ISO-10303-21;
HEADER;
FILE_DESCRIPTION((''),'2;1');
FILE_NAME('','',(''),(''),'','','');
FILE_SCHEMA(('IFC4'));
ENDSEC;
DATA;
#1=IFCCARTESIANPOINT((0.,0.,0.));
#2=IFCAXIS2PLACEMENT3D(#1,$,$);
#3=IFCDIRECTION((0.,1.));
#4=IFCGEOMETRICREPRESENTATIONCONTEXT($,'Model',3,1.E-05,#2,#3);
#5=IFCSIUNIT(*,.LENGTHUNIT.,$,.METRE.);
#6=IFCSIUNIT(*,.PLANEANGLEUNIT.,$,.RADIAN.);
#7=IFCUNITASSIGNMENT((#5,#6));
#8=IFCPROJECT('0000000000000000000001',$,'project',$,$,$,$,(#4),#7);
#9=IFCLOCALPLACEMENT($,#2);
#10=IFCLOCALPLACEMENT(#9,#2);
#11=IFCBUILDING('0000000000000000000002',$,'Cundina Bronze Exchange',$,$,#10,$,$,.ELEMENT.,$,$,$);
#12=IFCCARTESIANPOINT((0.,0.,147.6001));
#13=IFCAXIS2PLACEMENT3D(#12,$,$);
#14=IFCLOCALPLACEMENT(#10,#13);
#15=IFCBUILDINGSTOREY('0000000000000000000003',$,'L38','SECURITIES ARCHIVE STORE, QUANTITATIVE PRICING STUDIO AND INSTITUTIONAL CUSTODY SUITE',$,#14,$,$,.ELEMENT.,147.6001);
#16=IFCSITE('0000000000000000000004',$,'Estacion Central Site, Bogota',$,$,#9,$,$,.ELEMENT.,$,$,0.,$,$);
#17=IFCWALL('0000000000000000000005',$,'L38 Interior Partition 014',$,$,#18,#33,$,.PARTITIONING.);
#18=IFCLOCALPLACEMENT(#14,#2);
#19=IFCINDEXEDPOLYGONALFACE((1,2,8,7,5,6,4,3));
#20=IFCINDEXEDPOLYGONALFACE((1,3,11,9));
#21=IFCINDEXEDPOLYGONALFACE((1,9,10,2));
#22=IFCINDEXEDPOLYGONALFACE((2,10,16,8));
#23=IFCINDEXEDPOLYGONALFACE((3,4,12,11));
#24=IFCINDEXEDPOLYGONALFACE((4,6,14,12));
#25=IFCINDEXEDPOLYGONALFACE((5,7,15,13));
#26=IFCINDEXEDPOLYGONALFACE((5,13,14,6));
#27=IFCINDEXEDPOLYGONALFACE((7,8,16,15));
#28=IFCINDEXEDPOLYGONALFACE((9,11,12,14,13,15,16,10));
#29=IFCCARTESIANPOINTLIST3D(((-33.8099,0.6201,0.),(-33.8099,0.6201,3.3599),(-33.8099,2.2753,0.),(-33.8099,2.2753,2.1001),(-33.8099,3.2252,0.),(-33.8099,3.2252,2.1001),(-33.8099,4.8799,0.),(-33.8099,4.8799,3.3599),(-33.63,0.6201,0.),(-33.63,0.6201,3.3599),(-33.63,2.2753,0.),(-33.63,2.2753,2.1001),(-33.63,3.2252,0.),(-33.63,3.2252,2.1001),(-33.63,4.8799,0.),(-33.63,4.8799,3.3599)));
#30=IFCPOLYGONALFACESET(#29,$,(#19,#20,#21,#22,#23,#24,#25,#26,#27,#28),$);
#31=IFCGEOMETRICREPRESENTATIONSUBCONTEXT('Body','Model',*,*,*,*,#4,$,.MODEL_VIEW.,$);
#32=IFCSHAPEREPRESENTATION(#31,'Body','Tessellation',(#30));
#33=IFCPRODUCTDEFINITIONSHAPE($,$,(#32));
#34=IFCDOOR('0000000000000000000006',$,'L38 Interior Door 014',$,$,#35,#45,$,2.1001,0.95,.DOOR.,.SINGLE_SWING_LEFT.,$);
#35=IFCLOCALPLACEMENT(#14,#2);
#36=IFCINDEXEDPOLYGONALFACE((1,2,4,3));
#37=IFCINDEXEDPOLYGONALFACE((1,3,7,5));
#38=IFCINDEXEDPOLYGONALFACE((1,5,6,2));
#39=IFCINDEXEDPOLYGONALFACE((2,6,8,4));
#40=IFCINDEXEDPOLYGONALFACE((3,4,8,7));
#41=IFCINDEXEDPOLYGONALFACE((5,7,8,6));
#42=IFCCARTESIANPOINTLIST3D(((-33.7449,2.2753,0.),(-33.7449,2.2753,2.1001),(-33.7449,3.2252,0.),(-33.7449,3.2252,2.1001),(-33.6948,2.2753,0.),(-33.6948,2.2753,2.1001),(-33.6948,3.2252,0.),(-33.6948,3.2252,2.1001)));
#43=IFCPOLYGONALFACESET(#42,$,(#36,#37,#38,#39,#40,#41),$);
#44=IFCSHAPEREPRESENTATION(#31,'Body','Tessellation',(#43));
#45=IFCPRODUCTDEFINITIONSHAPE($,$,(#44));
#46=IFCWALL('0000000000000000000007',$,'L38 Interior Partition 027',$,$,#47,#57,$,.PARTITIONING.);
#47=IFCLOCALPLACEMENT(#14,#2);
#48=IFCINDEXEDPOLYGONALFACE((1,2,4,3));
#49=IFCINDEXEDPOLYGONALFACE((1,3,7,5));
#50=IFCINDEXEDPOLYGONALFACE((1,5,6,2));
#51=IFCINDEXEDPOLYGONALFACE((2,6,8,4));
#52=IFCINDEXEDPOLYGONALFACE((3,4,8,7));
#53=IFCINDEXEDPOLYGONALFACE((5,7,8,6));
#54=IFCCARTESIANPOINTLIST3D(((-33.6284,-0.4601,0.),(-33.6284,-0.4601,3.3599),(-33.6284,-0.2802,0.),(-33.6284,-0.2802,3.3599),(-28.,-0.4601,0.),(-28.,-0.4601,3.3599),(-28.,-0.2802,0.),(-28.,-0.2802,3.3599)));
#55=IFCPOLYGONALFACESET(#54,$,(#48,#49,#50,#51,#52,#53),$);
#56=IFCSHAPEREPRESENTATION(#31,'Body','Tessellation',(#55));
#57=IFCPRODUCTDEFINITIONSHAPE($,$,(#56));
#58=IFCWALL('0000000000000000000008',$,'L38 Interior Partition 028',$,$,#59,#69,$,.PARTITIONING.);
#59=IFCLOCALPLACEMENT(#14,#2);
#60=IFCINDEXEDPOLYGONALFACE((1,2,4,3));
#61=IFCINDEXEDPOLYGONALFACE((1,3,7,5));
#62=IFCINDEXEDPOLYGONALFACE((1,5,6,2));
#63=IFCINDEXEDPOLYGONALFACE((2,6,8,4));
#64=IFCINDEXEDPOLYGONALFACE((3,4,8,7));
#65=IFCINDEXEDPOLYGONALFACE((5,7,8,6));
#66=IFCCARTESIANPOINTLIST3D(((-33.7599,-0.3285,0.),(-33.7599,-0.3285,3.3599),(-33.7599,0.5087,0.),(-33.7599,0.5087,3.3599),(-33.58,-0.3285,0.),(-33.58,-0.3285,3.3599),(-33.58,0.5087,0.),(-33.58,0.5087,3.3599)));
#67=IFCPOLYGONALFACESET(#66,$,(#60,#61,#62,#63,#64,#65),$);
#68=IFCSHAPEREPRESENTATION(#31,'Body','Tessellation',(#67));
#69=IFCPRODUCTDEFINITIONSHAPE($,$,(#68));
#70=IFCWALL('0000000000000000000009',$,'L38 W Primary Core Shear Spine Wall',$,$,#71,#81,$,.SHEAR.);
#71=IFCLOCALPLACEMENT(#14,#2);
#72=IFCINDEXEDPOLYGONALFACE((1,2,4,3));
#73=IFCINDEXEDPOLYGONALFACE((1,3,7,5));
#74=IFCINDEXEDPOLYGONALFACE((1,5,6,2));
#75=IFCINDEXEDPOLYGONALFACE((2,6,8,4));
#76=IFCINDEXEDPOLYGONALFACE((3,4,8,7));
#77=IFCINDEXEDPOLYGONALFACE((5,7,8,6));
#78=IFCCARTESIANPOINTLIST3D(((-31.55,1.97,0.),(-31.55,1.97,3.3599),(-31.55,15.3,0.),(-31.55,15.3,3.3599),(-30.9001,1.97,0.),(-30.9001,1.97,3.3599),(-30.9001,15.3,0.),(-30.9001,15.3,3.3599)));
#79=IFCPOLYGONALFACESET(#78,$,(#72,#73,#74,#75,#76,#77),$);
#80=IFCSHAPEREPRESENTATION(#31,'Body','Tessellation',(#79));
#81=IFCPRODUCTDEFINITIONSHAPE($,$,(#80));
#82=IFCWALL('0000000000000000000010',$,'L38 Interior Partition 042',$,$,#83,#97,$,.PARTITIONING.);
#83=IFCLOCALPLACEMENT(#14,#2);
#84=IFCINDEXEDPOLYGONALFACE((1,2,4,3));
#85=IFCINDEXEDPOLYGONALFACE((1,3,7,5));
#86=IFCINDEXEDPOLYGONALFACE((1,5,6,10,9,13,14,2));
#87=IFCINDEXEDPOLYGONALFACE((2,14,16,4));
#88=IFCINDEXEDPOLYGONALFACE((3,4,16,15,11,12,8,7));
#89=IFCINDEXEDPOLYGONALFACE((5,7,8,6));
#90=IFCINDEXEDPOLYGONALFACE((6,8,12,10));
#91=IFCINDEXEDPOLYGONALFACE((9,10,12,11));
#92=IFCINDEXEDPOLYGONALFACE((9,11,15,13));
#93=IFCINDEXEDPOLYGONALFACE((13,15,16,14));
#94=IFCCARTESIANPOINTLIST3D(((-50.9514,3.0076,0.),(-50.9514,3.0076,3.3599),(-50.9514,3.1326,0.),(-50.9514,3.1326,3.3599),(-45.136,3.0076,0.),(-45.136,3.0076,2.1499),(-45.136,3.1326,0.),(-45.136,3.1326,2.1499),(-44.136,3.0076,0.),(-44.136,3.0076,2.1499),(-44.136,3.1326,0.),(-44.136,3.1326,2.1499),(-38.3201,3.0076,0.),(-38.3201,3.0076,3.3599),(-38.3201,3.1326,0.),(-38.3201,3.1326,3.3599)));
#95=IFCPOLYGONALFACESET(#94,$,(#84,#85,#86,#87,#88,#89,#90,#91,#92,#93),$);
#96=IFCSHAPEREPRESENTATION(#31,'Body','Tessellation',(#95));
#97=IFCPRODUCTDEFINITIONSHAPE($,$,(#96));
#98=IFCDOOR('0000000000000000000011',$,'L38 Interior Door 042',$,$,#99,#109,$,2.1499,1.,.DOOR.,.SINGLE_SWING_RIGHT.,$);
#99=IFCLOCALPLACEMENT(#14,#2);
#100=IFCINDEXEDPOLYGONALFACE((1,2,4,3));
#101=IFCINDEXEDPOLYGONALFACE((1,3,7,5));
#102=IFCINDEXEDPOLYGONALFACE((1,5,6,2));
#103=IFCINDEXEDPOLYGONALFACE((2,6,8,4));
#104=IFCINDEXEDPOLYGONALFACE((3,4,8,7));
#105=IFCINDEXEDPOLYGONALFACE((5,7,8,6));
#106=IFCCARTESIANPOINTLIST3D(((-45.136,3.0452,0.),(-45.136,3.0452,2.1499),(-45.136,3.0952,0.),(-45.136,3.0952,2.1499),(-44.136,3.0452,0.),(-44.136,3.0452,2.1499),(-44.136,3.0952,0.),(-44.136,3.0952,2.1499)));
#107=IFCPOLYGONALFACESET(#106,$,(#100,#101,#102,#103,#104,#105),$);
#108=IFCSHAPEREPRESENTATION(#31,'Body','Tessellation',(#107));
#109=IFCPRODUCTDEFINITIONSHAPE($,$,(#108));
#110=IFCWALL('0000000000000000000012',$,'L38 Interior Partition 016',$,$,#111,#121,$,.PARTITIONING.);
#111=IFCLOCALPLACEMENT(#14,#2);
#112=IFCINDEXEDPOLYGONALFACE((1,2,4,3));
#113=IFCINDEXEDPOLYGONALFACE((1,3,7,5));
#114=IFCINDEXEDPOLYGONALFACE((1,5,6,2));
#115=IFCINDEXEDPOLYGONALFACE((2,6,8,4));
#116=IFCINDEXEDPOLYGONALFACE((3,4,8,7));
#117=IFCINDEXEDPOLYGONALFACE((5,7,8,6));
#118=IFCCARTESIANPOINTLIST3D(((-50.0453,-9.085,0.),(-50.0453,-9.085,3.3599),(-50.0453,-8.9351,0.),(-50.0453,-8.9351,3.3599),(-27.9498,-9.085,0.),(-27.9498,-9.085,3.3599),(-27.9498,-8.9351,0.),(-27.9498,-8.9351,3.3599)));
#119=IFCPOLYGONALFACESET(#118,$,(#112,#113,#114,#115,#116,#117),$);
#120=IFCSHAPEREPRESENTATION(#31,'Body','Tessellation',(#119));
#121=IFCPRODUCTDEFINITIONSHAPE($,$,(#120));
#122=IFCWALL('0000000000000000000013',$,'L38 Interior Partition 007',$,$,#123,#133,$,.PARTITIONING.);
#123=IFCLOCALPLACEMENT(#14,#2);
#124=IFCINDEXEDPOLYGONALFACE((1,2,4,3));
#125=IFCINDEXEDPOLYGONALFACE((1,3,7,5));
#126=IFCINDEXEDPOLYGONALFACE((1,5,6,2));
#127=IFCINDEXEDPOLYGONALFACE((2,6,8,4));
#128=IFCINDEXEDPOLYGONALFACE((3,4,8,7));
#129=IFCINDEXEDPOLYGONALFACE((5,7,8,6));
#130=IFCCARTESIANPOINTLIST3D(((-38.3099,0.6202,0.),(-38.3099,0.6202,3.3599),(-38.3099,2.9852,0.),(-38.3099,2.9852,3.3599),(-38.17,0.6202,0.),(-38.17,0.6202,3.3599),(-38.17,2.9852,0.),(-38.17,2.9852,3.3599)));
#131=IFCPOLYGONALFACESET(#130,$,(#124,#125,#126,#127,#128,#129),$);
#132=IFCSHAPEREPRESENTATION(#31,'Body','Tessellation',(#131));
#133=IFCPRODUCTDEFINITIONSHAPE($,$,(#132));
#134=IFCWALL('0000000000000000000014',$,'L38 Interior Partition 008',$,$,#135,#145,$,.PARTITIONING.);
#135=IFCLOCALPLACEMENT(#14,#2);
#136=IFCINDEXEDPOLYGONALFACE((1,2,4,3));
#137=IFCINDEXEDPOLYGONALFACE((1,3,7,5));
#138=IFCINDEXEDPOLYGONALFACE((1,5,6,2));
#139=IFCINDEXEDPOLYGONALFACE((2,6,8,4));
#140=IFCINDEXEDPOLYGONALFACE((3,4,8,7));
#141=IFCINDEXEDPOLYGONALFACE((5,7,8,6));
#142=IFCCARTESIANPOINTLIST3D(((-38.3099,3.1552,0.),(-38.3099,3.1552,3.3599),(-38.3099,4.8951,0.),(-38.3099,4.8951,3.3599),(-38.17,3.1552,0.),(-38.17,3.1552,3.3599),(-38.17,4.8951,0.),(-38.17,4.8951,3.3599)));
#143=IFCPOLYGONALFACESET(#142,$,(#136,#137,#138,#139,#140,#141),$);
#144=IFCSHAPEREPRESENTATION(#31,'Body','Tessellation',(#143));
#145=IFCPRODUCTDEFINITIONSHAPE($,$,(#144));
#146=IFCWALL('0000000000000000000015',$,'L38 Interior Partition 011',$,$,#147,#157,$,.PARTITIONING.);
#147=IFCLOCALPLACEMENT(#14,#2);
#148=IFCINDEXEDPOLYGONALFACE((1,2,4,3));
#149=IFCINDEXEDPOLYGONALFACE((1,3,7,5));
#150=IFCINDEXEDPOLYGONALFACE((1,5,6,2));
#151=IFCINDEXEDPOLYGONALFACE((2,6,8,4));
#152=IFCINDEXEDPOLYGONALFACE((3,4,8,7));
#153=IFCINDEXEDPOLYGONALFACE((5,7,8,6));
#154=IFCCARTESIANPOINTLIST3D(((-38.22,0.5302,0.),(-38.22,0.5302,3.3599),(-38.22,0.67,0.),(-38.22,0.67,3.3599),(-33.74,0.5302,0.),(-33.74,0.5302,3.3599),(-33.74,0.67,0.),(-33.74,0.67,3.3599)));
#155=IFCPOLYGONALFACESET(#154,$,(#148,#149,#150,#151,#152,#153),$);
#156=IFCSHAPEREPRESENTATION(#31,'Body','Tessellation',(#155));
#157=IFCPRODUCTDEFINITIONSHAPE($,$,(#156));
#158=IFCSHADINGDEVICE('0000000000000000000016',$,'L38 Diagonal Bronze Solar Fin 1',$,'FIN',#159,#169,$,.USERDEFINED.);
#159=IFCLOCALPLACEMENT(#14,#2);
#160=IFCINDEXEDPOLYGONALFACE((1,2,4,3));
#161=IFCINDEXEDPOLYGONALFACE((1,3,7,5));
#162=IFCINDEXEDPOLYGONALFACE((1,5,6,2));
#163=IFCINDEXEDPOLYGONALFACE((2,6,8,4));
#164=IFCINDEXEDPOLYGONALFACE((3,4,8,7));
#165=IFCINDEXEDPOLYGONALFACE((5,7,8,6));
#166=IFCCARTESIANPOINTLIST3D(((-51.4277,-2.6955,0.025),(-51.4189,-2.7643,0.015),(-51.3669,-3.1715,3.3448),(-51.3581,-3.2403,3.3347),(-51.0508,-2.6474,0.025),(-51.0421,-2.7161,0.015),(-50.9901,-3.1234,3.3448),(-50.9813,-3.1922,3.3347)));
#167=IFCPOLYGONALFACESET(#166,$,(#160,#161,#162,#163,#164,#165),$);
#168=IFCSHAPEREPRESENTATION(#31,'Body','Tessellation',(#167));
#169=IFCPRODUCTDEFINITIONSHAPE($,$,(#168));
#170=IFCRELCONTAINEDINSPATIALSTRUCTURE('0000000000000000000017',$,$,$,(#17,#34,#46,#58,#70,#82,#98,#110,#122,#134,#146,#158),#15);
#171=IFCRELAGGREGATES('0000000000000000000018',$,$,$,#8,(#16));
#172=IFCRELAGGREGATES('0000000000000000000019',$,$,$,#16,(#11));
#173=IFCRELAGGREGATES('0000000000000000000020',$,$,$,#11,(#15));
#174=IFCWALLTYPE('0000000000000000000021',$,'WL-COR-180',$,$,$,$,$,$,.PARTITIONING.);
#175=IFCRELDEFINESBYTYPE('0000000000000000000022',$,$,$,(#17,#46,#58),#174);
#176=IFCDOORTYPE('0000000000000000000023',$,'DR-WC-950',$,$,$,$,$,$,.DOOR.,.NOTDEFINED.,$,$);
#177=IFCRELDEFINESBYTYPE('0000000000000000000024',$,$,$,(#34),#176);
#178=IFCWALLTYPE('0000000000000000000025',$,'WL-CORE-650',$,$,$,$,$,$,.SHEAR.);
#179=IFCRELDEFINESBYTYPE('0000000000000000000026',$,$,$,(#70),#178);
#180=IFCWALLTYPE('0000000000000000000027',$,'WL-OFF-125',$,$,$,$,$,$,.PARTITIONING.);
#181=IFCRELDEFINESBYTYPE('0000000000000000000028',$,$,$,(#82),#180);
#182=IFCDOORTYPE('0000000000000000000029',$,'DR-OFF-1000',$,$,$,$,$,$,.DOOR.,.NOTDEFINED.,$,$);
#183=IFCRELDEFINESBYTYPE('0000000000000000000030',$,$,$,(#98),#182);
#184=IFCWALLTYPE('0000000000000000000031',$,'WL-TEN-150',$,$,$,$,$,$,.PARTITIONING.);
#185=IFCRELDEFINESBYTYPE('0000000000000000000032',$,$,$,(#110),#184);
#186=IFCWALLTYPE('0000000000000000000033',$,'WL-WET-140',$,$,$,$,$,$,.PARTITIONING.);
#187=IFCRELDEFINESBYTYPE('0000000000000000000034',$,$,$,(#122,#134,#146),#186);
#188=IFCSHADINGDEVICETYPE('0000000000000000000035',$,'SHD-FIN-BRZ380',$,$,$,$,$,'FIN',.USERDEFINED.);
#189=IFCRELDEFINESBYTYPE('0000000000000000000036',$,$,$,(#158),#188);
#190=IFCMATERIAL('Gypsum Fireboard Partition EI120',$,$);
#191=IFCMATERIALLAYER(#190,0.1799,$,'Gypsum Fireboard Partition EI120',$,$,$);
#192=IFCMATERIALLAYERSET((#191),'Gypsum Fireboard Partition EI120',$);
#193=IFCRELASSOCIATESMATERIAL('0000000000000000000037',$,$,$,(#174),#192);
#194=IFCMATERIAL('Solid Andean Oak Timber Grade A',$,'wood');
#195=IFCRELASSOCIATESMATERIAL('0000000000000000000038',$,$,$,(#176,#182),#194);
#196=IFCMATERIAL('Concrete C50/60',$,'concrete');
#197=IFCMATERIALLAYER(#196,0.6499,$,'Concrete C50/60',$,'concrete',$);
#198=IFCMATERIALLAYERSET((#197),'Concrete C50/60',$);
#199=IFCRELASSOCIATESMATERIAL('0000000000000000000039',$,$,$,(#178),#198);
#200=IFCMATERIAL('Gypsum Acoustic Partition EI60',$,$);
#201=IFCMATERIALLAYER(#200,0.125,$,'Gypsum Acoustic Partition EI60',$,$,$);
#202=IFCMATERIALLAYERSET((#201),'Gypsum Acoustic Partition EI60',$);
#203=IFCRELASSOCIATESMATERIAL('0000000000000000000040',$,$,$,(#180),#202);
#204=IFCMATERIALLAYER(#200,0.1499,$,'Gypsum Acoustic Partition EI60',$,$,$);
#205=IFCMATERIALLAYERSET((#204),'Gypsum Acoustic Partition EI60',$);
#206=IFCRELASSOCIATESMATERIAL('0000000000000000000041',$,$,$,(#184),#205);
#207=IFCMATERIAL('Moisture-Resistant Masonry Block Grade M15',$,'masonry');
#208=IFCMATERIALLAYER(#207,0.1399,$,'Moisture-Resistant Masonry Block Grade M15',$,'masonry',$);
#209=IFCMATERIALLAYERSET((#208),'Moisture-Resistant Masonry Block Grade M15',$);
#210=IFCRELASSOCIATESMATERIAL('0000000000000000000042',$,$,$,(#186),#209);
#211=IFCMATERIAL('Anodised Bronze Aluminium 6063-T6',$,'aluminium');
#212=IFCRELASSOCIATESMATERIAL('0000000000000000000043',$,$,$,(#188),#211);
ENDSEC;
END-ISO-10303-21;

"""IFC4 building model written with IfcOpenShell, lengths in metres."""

from ifc_helpers import new_model, si_unit, direction, frame, frame_2d, origin, origin_2d, place, context, subcontext, project, spatial, rectangle, extrude, material, layer, layer_set, material_profile, profile_set, type_object, element, fill, save


model = new_model("IFC4")

# Units and contexts
model_context = context("Model", 3, precision=1e-05, world=origin(), true_north=direction((0.0, 1.0)))
body_context = subcontext(model_context, "Body", "Model", "MODEL_VIEW")
ifc_project = project(units=[si_unit("LENGTHUNIT", "METRE"), si_unit("PLANEANGLEUNIT", "RADIAN")], contexts=[model_context])

# Site, building, storey
site_placement = place(None, origin())
site = spatial("IfcSite", under=ifc_project, at=site_placement, Name="Estacion Central Site, Bogota", CompositionType="ELEMENT", RefElevation=0.0)
building_placement = place(site_placement, origin())
building = spatial("IfcBuilding", under=site, at=building_placement, Name="Cundina Bronze Exchange", CompositionType="ELEMENT")
storey_placement = place(building_placement, frame((0.0, 0.0, 147.6001)))
storey = spatial("IfcBuildingStorey", under=building, at=storey_placement, Name="L38", Description="SECURITIES ARCHIVE STORE, QUANTITATIVE PRICING STUDIO AND INSTITUTIONAL CUSTODY SUITE", CompositionType="ELEMENT", Elevation=147.6001)

# Shared definitions
ifc_material_1 = material(Name="Concrete C50/60", Category="concrete")

# Shared definitions
ifc_material_2 = material(Name="Anodised Bronze Aluminium 6063-T6", Category="aluminium")

# Wall, opening, door
ifc_material_3 = material(Name="Gypsum Fireboard Partition EI120")
ifc_layer_1 = layer(ifc_material_3, 0.1799, Name="Gypsum Fireboard Partition EI120")
ifc_layer_set_1 = layer_set([ifc_layer_1], Name="Gypsum Fireboard Partition EI120")
wall_type_1 = type_object("IfcWallType", Name="WL-COR-180", PredefinedType="PARTITIONING", material=ifc_layer_set_1)
wall_1_placement = place(storey_placement, frame((-33.72, 0.6201, 0.0), z_axis=(0.0, 0.0, 1.0), x_axis=(0.0, 1.0, 0.0)))
wall_1 = element("IfcWall", 1, at=wall_1_placement, inside=storey, type_object=wall_type_1, Name="L38 Interior Partition 014", PredefinedType="PARTITIONING", context=body_context, shape_type="SweptSolid", body=[
    extrude(rectangle(XDim=4.2598, YDim=0.1799, at=frame_2d((2.1299, 0.0))), origin(), (0.0, 0.0, 1.0), 3.3599),
])
opening_1_placement = place(wall_1_placement, frame((1.655, 0.0, 0.0)))
opening_1 = element("IfcOpeningElement", 2, at=opening_1_placement, cuts=wall_1, PredefinedType="OPENING", context=body_context, shape_type="SweptSolid", body=[
    extrude(rectangle(XDim=0.95, YDim=2.1001, at=frame_2d((0.4751, 1.05))), frame((0.0, 0.0999, 0.0), z_axis=(0.0, -1.0, 0.0), x_axis=(1.0, 0.0, 0.0)), (0.0, 0.0, 1.0), 0.2),
])
ifc_material_4 = material(Name="Solid Andean Oak Timber Grade A", Category="wood")
door_type_1 = type_object("IfcDoorType", Name="DR-WC-950", OperationType="NOTDEFINED", PredefinedType="DOOR", material=ifc_material_4)
door_1_placement = place(opening_1_placement, origin())
door_1 = element("IfcDoor", 3, at=door_1_placement, inside=storey, type_object=door_type_1, Name="L38 Interior Door 014", OperationType="SINGLE_SWING_LEFT", OverallHeight=2.1001, OverallWidth=0.95, PredefinedType="DOOR", context=body_context, shape_type="SweptSolid", body=[
    extrude(rectangle(XDim=0.95, YDim=2.1001, at=frame_2d((0.4751, 1.05))), frame((0.0, 0.0249, 0.0), z_axis=(0.0, -1.0, 0.0), x_axis=(1.0, 0.0, 0.0)), (0.0, 0.0, 1.0), 0.05),
])
fill(opening_1, door_1)

# Walls
wall_2_placement = place(storey_placement, frame((-33.6284, -0.3701, 0.0), z_axis=(0.0, 0.0, 1.0), x_axis=(1.0, 0.0, 0.0)))
element("IfcWall", 4, at=wall_2_placement, inside=storey, type_object=wall_type_1, Name="L38 Interior Partition 027", PredefinedType="PARTITIONING", context=body_context, shape_type="SweptSolid", body=[
    extrude(rectangle(XDim=5.6284, YDim=0.1799, at=frame_2d((2.8142, 0.0))), origin(), (0.0, 0.0, 1.0), 3.3599),
])
wall_3_placement = place(storey_placement, frame((-33.6699, 0.5085, 0.0), z_axis=(0.0, 0.0, 1.0), x_axis=(0.0, -1.0, 0.0)))
element("IfcWall", 5, at=wall_3_placement, inside=storey, type_object=wall_type_1, Name="L38 Interior Partition 028", PredefinedType="PARTITIONING", context=body_context, shape_type="SweptSolid", body=[
    extrude(rectangle(XDim=0.8372, YDim=0.1799, at=frame_2d((0.4185, 0.0))), origin(), (0.0, 0.0, 1.0), 3.3599),
])
ifc_layer_2 = layer(ifc_material_1, 0.6499, Name="Concrete C50/60", Category="concrete")
ifc_layer_set_2 = layer_set([ifc_layer_2], Name="Concrete C50/60")
wall_type_2 = type_object("IfcWallType", Name="WL-CORE-650", PredefinedType="SHEAR", material=ifc_layer_set_2)
wall_4_placement = place(storey_placement, frame((-31.2251, 1.97, 0.0), z_axis=(0.0, 0.0, 1.0), x_axis=(0.0, 1.0, 0.0)))
element("IfcWall", 6, at=wall_4_placement, inside=storey, type_object=wall_type_2, Name="L38 W Primary Core Shear Spine Wall", PredefinedType="SHEAR", context=body_context, shape_type="SweptSolid", body=[
    extrude(rectangle(XDim=13.3301, YDim=0.6499, at=frame_2d((6.665, 0.0))), origin(), (0.0, 0.0, 1.0), 3.3599),
])

# Wall, opening, door
ifc_material_5 = material(Name="Gypsum Acoustic Partition EI60")
ifc_layer_3 = layer(ifc_material_5, 0.125, Name="Gypsum Acoustic Partition EI60")
ifc_layer_set_3 = layer_set([ifc_layer_3], Name="Gypsum Acoustic Partition EI60")
wall_type_3 = type_object("IfcWallType", Name="WL-OFF-125", PredefinedType="PARTITIONING", material=ifc_layer_set_3)
wall_5_placement = place(storey_placement, frame((-38.3201, 3.0701, 0.0), z_axis=(0.0, 0.0, 1.0), x_axis=(-1.0, 0.0, 0.0)))
wall_5 = element("IfcWall", 7, at=wall_5_placement, inside=storey, type_object=wall_type_3, Name="L38 Interior Partition 042", PredefinedType="PARTITIONING", context=body_context, shape_type="SweptSolid", body=[
    extrude(rectangle(XDim=12.6313, YDim=0.125, at=frame_2d((6.3157, 0.0))), origin(), (0.0, 0.0, 1.0), 3.3599),
])
opening_2_placement = place(wall_5_placement, frame((5.8159, 0.0, 0.0)))
opening_2 = element("IfcOpeningElement", 8, at=opening_2_placement, cuts=wall_5, PredefinedType="OPENING", context=body_context, shape_type="SweptSolid", body=[
    extrude(rectangle(XDim=1.0, YDim=2.1499, at=frame_2d((0.5, 1.075))), frame((0.0, 0.0725, 0.0), z_axis=(0.0, -1.0, 0.0), x_axis=(1.0, 0.0, 0.0)), (0.0, 0.0, 1.0), 0.145),
])
door_type_2 = type_object("IfcDoorType", Name="DR-OFF-1000", OperationType="NOTDEFINED", PredefinedType="DOOR", material=ifc_material_4)
door_2_placement = place(opening_2_placement, origin())
door_2 = element("IfcDoor", 9, at=door_2_placement, inside=storey, type_object=door_type_2, Name="L38 Interior Door 042", OperationType="SINGLE_SWING_RIGHT", OverallHeight=2.1499, OverallWidth=1.0, PredefinedType="DOOR", context=body_context, shape_type="SweptSolid", body=[
    extrude(rectangle(XDim=1.0, YDim=2.1499, at=frame_2d((0.5, 1.075))), frame((0.0, 0.0249, 0.0), z_axis=(0.0, -1.0, 0.0), x_axis=(1.0, 0.0, 0.0)), (0.0, 0.0, 1.0), 0.05),
])
fill(opening_2, door_2)

# Walls
ifc_layer_4 = layer(ifc_material_5, 0.1499, Name="Gypsum Acoustic Partition EI60")
ifc_layer_set_4 = layer_set([ifc_layer_4], Name="Gypsum Acoustic Partition EI60")
wall_type_4 = type_object("IfcWallType", Name="WL-TEN-150", PredefinedType="PARTITIONING", material=ifc_layer_set_4)
wall_6_placement = place(storey_placement, frame((-50.0454, -9.01, 0.0), z_axis=(0.0, 0.0, 1.0), x_axis=(1.0, 0.0, 0.0)))
element("IfcWall", 10, at=wall_6_placement, inside=storey, type_object=wall_type_4, Name="L38 Interior Partition 016", PredefinedType="PARTITIONING", context=body_context, shape_type="SweptSolid", body=[
    extrude(rectangle(XDim=22.0955, YDim=0.1499, at=frame_2d((11.0479, 0.0))), origin(), (0.0, 0.0, 1.0), 3.3599),
])
ifc_material_6 = material(Name="Moisture-Resistant Masonry Block Grade M15", Category="masonry")
ifc_layer_5 = layer(ifc_material_6, 0.1399, Name="Moisture-Resistant Masonry Block Grade M15", Category="masonry")
ifc_layer_set_5 = layer_set([ifc_layer_5], Name="Moisture-Resistant Masonry Block Grade M15")
wall_type_5 = type_object("IfcWallType", Name="WL-WET-140", PredefinedType="PARTITIONING", material=ifc_layer_set_5)
wall_7_placement = place(storey_placement, frame((-38.24, 0.6201, 0.0), z_axis=(0.0, 0.0, 1.0), x_axis=(0.0, 1.0, 0.0)))
element("IfcWall", 11, at=wall_7_placement, inside=storey, type_object=wall_type_5, Name="L38 Interior Partition 007", PredefinedType="PARTITIONING", context=body_context, shape_type="SweptSolid", body=[
    extrude(rectangle(XDim=2.365, YDim=0.1399, at=frame_2d((1.1826, 0.0))), origin(), (0.0, 0.0, 1.0), 3.3599),
])
wall_8_placement = place(storey_placement, frame((-38.24, 3.155, 0.0), z_axis=(0.0, 0.0, 1.0), x_axis=(0.0, 1.0, 0.0)))
element("IfcWall", 12, at=wall_8_placement, inside=storey, type_object=wall_type_5, Name="L38 Interior Partition 008", PredefinedType="PARTITIONING", context=body_context, shape_type="SweptSolid", body=[
    extrude(rectangle(XDim=1.74, YDim=0.1399, at=frame_2d((0.8701, 0.0))), origin(), (0.0, 0.0, 1.0), 3.3599),
])
wall_9_placement = place(storey_placement, frame((-38.22, 0.6001, 0.0), z_axis=(0.0, 0.0, 1.0), x_axis=(1.0, 0.0, 0.0)))
element("IfcWall", 13, at=wall_9_placement, inside=storey, type_object=wall_type_5, Name="L38 Interior Partition 011", PredefinedType="PARTITIONING", context=body_context, shape_type="SweptSolid", body=[
    extrude(rectangle(XDim=4.48, YDim=0.1399, at=frame_2d((2.24, 0.0))), origin(), (0.0, 0.0, 1.0), 3.3599),
])

# Shading device
ifc_material_profile_1 = material_profile(ifc_material_2, rectangle(XDim=0.0701, YDim=0.3799, at=origin_2d()), Name="FIN70X380", Category="aluminium")
ifc_profile_set_1 = profile_set([ifc_material_profile_1], Name="Anodised Bronze Aluminium 6063-T6")
shading_device_type = type_object("IfcShadingDeviceType", Name="SHD-FIN-BRZ380", ElementType="FIN", PredefinedType="USERDEFINED", material=ifc_profile_set_1)
shading_device_placement = place(storey_placement, frame((-51.2349, -2.7058, 0.02), z_axis=(0.018123, -0.141928, 0.989711), x_axis=(-0.125361, 0.98174, 0.14308)))
element("IfcShadingDevice", 14, at=shading_device_placement, inside=storey, type_object=shading_device_type, Name="L38 Diagonal Bronze Solar Fin 1", ObjectType="FIN", PredefinedType="USERDEFINED", context=body_context, shape_type="SweptSolid", body=[
    extrude(rectangle(XDim=0.0701, YDim=0.3799, at=origin_2d()), origin(), (0.0, 0.0, 1.0), 3.3542),
])

save(model, "model.ifc")
